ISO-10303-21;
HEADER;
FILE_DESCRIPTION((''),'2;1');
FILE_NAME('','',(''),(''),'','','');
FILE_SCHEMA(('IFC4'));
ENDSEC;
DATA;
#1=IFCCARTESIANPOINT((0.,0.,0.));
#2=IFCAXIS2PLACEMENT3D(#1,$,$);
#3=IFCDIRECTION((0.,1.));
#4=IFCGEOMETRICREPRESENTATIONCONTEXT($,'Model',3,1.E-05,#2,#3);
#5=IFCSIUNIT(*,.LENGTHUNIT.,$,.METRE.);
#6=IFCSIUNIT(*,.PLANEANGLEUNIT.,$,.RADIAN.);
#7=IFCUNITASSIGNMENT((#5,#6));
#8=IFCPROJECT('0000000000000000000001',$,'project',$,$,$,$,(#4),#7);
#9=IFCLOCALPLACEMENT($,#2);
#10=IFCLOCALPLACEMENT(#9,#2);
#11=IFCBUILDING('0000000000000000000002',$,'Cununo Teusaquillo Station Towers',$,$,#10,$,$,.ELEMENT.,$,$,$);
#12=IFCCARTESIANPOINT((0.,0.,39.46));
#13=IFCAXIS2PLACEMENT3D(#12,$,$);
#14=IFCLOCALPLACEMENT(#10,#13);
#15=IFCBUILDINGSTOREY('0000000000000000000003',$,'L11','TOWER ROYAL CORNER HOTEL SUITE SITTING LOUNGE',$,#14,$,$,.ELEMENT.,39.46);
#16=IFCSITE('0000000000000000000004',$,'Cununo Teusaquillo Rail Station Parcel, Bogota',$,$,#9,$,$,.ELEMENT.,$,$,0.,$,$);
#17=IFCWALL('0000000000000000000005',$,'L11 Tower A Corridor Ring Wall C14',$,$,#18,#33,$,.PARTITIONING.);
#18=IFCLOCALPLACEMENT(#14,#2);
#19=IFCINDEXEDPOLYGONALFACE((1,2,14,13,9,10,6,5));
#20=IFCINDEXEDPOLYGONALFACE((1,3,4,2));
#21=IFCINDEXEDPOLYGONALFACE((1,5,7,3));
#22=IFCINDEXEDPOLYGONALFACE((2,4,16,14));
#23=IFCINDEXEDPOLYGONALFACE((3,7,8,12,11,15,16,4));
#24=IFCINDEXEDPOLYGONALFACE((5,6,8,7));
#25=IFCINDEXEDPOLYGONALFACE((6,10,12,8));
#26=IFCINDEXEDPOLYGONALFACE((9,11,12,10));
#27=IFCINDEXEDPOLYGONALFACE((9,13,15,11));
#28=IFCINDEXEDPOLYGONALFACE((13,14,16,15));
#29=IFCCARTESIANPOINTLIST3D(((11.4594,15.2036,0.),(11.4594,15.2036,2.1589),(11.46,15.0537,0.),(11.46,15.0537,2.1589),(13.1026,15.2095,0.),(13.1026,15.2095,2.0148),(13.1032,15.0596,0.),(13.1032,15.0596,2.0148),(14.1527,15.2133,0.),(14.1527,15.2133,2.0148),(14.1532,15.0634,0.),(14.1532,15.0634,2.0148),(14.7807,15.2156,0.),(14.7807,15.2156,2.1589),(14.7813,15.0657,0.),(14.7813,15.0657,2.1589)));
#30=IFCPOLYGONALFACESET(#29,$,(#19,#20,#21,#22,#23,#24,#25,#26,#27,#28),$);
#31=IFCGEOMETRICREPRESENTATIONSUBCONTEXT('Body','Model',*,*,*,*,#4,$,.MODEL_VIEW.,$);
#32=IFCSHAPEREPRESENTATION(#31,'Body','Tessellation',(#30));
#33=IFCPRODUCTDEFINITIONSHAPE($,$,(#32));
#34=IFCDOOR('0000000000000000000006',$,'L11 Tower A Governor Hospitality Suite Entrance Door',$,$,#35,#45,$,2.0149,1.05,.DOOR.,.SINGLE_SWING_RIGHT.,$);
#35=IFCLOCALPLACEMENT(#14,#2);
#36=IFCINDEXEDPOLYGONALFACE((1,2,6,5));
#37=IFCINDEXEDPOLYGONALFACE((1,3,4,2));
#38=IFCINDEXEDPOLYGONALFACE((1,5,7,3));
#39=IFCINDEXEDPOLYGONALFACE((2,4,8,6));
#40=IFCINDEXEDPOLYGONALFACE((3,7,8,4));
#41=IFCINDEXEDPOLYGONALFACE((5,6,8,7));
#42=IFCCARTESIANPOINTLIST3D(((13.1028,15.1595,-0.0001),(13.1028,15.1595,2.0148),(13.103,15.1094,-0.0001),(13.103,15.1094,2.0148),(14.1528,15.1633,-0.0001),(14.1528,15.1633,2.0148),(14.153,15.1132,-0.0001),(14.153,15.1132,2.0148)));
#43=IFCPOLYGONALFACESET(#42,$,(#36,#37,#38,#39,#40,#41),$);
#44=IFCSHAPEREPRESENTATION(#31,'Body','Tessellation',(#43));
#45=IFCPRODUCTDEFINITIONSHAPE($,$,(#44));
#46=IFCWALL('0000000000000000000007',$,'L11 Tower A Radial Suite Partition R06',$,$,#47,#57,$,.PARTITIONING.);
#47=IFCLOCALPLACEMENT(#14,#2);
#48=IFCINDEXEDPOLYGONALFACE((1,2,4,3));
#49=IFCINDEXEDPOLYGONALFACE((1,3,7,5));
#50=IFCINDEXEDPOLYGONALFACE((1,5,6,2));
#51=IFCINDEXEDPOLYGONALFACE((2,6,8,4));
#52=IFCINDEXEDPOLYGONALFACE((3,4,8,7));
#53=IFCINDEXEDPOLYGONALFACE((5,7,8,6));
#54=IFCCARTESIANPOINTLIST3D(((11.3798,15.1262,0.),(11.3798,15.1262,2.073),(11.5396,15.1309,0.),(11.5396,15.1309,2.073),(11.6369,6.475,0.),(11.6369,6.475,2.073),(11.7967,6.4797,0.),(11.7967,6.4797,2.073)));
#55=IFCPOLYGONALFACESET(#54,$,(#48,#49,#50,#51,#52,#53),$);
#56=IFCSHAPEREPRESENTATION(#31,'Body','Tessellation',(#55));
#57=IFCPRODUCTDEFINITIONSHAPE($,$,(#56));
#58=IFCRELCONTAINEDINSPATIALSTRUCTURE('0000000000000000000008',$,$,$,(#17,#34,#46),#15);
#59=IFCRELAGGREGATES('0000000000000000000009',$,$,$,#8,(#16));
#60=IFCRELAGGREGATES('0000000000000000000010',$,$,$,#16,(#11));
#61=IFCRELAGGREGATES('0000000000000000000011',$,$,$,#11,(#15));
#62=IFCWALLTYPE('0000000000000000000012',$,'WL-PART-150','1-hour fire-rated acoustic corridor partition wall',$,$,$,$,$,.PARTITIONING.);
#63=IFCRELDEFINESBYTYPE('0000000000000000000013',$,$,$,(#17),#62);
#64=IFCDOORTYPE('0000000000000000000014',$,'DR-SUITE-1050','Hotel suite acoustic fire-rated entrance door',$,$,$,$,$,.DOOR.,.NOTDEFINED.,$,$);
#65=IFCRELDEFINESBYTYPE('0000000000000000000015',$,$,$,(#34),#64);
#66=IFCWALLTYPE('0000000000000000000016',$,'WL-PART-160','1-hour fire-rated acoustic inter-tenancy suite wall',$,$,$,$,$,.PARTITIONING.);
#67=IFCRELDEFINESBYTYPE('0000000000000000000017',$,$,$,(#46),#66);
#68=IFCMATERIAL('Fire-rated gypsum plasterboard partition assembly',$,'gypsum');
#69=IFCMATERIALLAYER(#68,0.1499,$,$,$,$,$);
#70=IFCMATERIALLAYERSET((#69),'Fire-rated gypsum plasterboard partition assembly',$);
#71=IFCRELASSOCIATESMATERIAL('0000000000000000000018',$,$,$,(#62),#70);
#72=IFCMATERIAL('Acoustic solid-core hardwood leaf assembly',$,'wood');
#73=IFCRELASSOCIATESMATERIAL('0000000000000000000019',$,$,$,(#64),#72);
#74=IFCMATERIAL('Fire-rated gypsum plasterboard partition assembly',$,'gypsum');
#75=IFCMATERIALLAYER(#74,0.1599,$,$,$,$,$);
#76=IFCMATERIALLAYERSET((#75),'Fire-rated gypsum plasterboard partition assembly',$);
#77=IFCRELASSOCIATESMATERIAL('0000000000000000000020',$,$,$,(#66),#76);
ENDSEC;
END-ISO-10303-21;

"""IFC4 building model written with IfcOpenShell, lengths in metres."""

from ifc_helpers import new_model, si_unit, direction, frame, frame_2d, origin, place, context, subcontext, project, spatial, rectangle, extrude, source, transform, mapped, material, layer, layer_set, type_object, element, fill, save


model = new_model("IFC4")

# Units and contexts
model_context = context("Model", 3, precision=1e-05, world=origin(), true_north=direction((0.0, 1.0)))
body_context = subcontext(model_context, "Body", "Model", "MODEL_VIEW")
ifc_project = project(units=[si_unit("LENGTHUNIT", "METRE"), si_unit("PLANEANGLEUNIT", "RADIAN")], contexts=[model_context])

# Site, building, storey
site_placement = place(None, origin())
site = spatial("IfcSite", under=ifc_project, at=site_placement, Name="Cununo Teusaquillo Rail Station Parcel, Bogota", CompositionType="ELEMENT", RefElevation=0.0)
building_placement = place(site_placement, origin())
building = spatial("IfcBuilding", under=site, at=building_placement, Name="Cununo Teusaquillo Station Towers", CompositionType="ELEMENT")
storey_placement = place(building_placement, frame((0.0, 0.0, 39.46)))
storey = spatial("IfcBuildingStorey", under=building, at=storey_placement, Name="L11", Description="TOWER ROYAL CORNER HOTEL SUITE SITTING LOUNGE", CompositionType="ELEMENT", Elevation=39.46)

# Shared definitions
ifc_material_1 = material(Name="Fire-rated gypsum plasterboard partition assembly", Category="gypsum")
ifc_layer_1 = layer(ifc_material_1, 0.1499)
ifc_layer_set_1 = layer_set([ifc_layer_1], Name="Fire-rated gypsum plasterboard partition assembly")
wall_type_1 = type_object("IfcWallType", Name="WL-PART-150", Description="1-hour fire-rated acoustic corridor partition wall", PredefinedType="PARTITIONING", material=ifc_layer_set_1)

# Wall, opening, door
wall_1_placement = place(storey_placement, frame((11.4597, 15.1287, 0.0), z_axis=(0.0, 0.0, 1.0), x_axis=(0.999994, 0.003602, 0.0)))
wall_1 = element("IfcWall", 1, at=wall_1_placement, inside=storey, type_object=wall_type_1, Name="L11 Tower A Corridor Ring Wall C14", PredefinedType="PARTITIONING", context=body_context, shape_type="SweptSolid", body=[
    extrude(rectangle(XDim=3.3213, YDim=0.1499, at=frame_2d((1.6606, 0.0))), origin(), (0.0, 0.0, 1.0), 2.1589),
])
shared_shape_1 = source(origin(), body_context, "Body", "SweptSolid", [
    extrude(rectangle(XDim=1.05, YDim=2.0149, at=frame_2d((0.5249, 1.0073))), frame((0.0, 0.085, 0.0), z_axis=(0.0, -1.0, 0.0), x_axis=(1.0, 0.0, 0.0)), (0.0, 0.0, 1.0), 0.1699),
])
opening_1_placement = place(wall_1_placement, frame((1.6433, 0.0, 0.0)))
opening_1 = element("IfcOpeningElement", 2, at=opening_1_placement, cuts=wall_1, PredefinedType="OPENING", context=body_context, shape_type="MappedRepresentation", body=[
    mapped(shared_shape_1, transform((0.0, 0.0, 0.0), x_axis=(1.0, 0.0, 0.0), y_axis=(0.0, 1.0, 0.0), z_axis=(0.0, 0.0, 1.0), scale=1.0)),
])
ifc_material_2 = material(Name="Acoustic solid-core hardwood leaf assembly", Category="wood")
door_type_1 = type_object("IfcDoorType", Name="DR-SUITE-1050", Description="Hotel suite acoustic fire-rated entrance door", OperationType="NOTDEFINED", PredefinedType="DOOR", material=ifc_material_2)
shared_shape_2 = source(origin(), body_context, "Body", "SweptSolid", [
    extrude(rectangle(XDim=1.05, YDim=2.0149, at=frame_2d((0.5249, 1.0073))), frame((0.0, 0.0249, 0.0), z_axis=(0.0, -1.0, 0.0), x_axis=(1.0, 0.0, 0.0)), (0.0, 0.0, 1.0), 0.05),
])
door_1_placement = place(opening_1_placement, origin())
door_1 = element("IfcDoor", 3, at=door_1_placement, inside=storey, type_object=door_type_1, Name="L11 Tower A Governor Hospitality Suite Entrance Door", OperationType="SINGLE_SWING_RIGHT", OverallHeight=2.0149, OverallWidth=1.05, PredefinedType="DOOR", context=body_context, shape_type="MappedRepresentation", body=[
    mapped(shared_shape_2, transform((0.0, 0.0, 0.0), x_axis=(1.0, 0.0, 0.0), y_axis=(0.0, 1.0, 0.0), z_axis=(0.0, 0.0, 1.0), scale=1.0)),
])
fill(opening_1, door_1)

# Wall
ifc_material_3 = material(Name="Fire-rated gypsum plasterboard partition assembly", Category="gypsum")
ifc_layer_2 = layer(ifc_material_3, 0.1599)
ifc_layer_set_2 = layer_set([ifc_layer_2], Name="Fire-rated gypsum plasterboard partition assembly")
wall_type_2 = type_object("IfcWallType", Name="WL-PART-160", Description="1-hour fire-rated acoustic inter-tenancy suite wall", PredefinedType="PARTITIONING", material=ifc_layer_set_2)
wall_2_placement = place(storey_placement, frame((11.4597, 15.1287, 0.0), z_axis=(0.0, 0.0, 1.0), x_axis=(0.029703, -0.999559, 0.0)))
element("IfcWall", 4, at=wall_2_placement, inside=storey, type_object=wall_type_2, Name="L11 Tower A Radial Suite Partition R06", PredefinedType="PARTITIONING", context=body_context, shape_type="SweptSolid", body=[
    extrude(rectangle(XDim=8.655, YDim=0.1599, at=frame_2d((4.3276, 0.0))), origin(), (0.0, 0.0, 1.0), 2.073),
])

save(model, "model.ifc")
